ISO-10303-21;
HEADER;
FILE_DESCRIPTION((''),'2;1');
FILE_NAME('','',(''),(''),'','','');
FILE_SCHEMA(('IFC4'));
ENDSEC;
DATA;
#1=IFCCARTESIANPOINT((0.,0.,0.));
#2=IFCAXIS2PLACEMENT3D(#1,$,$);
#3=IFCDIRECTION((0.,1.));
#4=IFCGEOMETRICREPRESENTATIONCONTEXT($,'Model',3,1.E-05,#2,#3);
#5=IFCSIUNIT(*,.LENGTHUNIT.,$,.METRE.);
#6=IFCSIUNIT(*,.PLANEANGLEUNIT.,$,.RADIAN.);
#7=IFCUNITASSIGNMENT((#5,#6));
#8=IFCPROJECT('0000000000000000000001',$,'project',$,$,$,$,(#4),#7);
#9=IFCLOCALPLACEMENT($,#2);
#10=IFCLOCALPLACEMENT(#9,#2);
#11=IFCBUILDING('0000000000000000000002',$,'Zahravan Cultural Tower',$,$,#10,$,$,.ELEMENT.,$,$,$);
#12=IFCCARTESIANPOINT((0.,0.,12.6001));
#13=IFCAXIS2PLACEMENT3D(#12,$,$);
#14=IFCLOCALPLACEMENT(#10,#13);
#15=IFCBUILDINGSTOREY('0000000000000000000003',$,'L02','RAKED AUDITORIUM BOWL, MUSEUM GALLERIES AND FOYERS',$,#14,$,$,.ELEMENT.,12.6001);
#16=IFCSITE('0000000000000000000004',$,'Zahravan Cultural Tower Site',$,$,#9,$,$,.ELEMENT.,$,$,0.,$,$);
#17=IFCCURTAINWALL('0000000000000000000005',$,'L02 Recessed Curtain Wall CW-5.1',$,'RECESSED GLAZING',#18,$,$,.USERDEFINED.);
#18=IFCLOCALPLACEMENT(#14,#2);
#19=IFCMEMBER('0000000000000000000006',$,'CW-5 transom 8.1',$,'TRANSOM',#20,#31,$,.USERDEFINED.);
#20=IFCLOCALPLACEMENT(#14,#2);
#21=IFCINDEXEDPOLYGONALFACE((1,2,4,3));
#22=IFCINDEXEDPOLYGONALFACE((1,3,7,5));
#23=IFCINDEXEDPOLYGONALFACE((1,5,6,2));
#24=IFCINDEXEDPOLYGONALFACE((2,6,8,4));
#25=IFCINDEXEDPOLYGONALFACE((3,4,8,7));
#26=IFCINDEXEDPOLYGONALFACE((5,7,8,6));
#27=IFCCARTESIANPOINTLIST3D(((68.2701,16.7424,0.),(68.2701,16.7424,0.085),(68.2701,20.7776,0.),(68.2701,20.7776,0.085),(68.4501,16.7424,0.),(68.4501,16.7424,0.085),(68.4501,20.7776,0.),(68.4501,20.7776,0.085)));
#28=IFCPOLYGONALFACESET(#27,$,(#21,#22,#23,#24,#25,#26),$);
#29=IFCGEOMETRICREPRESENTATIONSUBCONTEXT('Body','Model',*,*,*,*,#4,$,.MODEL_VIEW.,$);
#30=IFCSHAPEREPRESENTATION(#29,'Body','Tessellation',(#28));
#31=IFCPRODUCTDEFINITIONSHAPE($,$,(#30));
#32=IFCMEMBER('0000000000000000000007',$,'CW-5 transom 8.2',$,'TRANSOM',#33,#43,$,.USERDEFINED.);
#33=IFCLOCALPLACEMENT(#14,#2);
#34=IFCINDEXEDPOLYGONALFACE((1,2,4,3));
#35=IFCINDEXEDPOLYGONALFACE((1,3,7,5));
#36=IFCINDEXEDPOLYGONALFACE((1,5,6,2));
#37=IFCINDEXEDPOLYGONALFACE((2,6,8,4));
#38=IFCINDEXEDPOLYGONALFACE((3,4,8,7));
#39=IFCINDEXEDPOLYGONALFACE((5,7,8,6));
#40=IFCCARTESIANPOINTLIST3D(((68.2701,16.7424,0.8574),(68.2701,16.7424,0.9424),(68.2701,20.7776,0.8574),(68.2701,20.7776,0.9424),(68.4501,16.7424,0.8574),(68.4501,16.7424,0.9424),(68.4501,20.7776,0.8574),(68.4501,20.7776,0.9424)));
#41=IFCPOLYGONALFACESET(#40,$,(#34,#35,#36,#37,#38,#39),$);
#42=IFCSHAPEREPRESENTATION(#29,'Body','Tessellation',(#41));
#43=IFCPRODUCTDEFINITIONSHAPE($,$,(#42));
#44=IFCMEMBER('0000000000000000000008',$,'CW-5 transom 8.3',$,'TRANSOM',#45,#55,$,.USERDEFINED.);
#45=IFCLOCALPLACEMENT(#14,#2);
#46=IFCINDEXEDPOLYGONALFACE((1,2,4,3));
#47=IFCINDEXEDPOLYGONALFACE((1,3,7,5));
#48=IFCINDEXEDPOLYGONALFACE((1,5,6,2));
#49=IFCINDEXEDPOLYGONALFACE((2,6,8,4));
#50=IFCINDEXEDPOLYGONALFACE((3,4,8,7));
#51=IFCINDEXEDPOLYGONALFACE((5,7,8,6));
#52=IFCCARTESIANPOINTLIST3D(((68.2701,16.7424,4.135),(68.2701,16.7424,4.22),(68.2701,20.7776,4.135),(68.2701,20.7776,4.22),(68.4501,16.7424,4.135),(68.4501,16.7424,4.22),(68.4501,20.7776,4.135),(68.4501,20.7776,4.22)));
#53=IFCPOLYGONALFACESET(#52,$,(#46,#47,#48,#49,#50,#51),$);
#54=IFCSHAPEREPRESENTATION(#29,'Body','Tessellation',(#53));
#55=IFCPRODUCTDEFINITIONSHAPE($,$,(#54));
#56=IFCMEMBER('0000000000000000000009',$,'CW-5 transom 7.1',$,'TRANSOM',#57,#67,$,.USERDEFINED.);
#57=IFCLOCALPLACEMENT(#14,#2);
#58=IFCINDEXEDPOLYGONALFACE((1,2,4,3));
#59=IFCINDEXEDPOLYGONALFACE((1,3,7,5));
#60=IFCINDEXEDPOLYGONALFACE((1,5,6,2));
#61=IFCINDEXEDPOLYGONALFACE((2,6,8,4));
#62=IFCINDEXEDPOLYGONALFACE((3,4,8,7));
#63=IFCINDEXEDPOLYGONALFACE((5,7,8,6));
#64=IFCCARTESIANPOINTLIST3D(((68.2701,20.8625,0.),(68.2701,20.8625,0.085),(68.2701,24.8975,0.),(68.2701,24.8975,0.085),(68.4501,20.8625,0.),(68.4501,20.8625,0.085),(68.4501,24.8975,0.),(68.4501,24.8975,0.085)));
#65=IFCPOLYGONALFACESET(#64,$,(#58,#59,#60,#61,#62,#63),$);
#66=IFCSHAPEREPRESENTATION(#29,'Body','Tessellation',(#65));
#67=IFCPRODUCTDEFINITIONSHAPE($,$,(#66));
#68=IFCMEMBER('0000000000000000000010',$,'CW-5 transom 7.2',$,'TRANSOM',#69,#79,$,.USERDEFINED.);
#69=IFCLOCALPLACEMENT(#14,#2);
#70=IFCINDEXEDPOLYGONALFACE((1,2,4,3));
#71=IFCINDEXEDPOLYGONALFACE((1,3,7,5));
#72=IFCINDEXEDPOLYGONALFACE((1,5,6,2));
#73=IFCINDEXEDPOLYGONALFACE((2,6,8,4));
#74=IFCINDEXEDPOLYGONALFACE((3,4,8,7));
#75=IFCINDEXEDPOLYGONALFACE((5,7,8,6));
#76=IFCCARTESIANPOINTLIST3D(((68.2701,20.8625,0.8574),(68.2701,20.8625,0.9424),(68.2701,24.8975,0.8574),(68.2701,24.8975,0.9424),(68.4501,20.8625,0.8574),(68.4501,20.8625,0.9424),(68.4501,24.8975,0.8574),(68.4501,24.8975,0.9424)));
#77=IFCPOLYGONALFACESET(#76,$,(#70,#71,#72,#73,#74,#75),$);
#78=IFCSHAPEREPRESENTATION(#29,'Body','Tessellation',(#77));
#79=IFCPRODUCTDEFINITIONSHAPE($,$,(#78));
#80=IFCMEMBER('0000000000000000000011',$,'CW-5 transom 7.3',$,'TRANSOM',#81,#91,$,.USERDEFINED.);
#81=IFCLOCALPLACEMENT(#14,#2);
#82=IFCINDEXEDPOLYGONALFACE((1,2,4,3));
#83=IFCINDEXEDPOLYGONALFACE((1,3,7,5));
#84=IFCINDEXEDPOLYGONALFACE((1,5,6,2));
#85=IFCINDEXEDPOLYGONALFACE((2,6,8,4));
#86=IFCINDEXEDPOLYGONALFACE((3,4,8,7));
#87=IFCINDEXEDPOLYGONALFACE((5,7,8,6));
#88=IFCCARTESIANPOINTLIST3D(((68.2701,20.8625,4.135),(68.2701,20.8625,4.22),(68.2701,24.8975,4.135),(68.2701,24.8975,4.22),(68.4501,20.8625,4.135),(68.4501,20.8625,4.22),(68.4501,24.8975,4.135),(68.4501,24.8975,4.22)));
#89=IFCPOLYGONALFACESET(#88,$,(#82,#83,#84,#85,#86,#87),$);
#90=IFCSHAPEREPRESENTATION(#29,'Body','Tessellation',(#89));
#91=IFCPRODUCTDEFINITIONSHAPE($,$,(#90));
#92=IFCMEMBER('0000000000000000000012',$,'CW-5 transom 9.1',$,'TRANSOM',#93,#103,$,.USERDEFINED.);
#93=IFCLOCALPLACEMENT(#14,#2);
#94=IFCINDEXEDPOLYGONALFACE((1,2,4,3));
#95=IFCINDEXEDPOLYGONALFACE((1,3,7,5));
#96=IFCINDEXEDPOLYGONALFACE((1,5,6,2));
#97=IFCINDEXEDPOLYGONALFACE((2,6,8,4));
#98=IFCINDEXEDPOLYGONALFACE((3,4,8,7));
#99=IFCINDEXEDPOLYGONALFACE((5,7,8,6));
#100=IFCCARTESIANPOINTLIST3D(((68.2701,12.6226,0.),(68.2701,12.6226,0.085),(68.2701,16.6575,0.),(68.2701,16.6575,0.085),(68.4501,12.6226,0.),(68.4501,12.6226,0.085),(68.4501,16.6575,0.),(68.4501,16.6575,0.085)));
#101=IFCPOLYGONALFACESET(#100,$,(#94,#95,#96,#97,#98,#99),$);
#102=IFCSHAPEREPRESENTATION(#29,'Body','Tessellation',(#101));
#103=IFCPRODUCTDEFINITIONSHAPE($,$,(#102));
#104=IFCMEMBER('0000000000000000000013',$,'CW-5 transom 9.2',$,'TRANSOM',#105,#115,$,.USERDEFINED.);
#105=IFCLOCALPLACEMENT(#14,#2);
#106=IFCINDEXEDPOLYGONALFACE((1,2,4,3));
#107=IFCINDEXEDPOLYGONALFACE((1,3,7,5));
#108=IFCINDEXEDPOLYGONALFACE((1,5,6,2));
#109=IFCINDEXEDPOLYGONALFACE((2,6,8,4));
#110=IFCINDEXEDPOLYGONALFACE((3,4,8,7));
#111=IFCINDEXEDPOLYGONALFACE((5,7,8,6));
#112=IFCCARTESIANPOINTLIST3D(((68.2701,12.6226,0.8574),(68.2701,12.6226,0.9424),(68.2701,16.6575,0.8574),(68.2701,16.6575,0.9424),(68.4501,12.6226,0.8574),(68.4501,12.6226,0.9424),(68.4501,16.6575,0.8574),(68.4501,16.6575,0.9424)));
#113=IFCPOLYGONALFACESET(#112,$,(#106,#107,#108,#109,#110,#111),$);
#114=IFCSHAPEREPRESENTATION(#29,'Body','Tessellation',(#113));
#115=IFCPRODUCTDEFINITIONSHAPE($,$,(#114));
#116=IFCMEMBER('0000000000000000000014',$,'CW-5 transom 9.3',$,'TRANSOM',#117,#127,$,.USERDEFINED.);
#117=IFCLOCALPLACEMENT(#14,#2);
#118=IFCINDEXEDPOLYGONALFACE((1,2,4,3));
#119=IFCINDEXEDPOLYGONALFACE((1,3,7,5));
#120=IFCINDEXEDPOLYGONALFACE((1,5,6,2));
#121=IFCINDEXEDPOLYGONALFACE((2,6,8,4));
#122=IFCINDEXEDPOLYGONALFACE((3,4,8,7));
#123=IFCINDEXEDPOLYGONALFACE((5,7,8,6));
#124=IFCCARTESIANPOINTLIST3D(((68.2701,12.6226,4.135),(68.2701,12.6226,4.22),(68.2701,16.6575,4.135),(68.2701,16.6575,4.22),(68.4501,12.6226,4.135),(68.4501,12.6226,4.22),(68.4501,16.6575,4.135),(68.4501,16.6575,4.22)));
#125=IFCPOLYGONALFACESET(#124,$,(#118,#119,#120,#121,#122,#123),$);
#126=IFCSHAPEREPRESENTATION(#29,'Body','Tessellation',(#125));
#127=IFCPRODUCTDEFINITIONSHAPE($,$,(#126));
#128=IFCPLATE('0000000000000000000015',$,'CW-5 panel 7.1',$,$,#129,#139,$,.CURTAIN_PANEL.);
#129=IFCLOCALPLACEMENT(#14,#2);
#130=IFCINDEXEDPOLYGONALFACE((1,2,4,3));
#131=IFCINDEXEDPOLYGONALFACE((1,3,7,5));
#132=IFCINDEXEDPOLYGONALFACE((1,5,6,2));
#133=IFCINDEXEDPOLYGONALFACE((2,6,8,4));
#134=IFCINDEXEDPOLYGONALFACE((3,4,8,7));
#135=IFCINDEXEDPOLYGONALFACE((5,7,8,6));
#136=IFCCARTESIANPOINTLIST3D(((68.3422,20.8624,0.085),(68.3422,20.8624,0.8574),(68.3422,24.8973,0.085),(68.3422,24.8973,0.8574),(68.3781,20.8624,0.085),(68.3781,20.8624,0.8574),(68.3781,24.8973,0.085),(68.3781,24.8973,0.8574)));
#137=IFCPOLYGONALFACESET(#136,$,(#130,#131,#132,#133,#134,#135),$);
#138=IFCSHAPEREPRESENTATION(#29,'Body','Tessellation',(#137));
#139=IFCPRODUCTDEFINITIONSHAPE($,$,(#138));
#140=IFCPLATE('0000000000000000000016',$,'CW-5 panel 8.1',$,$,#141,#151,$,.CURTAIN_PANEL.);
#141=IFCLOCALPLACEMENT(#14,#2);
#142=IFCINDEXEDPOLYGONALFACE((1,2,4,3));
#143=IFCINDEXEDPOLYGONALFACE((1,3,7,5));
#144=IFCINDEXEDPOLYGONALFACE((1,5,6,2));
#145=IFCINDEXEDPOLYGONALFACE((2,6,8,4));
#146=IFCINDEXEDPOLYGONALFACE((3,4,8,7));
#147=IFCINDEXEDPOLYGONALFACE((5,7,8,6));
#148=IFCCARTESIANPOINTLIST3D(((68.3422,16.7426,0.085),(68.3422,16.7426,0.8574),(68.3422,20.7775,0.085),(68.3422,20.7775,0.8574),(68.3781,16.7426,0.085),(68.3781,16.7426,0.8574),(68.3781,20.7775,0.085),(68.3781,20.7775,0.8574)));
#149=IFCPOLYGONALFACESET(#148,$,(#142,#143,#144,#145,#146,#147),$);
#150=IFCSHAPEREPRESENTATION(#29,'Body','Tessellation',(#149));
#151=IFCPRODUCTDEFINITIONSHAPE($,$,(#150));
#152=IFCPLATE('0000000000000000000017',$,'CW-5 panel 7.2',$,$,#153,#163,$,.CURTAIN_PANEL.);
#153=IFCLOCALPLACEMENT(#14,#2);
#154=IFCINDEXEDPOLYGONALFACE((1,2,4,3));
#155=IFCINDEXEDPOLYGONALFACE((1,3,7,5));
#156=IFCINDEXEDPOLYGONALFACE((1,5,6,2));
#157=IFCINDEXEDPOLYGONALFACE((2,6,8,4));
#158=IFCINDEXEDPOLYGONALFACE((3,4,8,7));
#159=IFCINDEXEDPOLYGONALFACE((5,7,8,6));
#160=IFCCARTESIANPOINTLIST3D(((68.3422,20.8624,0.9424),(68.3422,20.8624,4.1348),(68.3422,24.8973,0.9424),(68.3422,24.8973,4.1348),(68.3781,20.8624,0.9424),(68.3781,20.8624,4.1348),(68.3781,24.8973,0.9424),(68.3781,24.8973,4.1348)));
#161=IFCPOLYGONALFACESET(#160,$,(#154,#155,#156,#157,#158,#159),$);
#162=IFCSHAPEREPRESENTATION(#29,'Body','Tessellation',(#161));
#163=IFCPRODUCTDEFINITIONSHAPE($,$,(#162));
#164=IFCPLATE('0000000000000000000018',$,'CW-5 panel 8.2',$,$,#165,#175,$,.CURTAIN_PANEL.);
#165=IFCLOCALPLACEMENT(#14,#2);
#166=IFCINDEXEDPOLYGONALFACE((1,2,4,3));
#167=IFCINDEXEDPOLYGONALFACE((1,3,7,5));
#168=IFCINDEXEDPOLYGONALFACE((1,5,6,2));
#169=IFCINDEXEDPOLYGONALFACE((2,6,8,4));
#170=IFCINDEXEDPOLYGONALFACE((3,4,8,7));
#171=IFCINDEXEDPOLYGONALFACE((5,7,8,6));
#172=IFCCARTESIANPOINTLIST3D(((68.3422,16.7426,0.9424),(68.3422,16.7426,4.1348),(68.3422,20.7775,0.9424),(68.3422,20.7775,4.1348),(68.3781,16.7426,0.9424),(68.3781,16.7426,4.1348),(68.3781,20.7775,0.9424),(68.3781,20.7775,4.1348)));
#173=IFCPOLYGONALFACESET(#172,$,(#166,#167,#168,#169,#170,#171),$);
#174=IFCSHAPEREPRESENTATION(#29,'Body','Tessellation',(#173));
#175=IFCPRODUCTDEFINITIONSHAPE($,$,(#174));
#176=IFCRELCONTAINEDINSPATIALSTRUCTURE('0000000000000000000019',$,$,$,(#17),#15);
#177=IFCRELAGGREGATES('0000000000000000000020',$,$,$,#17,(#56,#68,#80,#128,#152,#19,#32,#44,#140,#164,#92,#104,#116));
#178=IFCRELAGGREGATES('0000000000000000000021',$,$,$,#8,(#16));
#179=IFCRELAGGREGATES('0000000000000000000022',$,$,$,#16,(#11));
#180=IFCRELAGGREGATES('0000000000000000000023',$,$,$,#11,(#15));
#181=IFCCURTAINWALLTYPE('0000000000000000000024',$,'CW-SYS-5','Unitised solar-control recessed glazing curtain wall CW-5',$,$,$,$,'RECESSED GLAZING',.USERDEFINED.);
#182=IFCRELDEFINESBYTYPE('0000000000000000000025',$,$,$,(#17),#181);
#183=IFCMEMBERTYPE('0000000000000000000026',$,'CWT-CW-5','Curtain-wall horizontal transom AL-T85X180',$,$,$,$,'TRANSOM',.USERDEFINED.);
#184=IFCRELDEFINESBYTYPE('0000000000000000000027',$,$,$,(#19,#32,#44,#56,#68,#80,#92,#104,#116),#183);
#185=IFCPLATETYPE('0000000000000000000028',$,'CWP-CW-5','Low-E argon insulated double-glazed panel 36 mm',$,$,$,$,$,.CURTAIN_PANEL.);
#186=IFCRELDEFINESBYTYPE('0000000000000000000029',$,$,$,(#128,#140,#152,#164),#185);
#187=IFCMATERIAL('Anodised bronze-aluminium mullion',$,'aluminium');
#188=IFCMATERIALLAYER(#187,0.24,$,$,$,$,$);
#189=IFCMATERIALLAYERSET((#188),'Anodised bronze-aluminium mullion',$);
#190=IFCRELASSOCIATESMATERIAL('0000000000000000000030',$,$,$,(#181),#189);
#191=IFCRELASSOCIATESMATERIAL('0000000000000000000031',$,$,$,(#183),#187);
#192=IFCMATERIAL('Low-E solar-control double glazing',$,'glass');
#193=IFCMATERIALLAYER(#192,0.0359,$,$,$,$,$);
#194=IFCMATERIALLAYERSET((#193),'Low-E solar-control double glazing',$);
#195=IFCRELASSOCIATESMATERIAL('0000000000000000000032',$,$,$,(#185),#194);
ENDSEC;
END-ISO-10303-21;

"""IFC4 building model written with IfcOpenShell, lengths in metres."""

from ifc_helpers import new_model, si_unit, direction, frame, origin, origin_2d, place, context, subcontext, project, spatial, rectangle, extrude, source, transform, mapped, material, layer, layer_set, material_profile, profile_set, type_object, element, aggregate, save


model = new_model("IFC4")

# Units and contexts
model_context = context("Model", 3, precision=1e-05, world=origin(), true_north=direction((0.0, 1.0)))
body_context = subcontext(model_context, "Body", "Model", "MODEL_VIEW")
ifc_project = project(units=[si_unit("LENGTHUNIT", "METRE"), si_unit("PLANEANGLEUNIT", "RADIAN")], contexts=[model_context])

# Site, building, storey
site_placement = place(None, origin())
site = spatial("IfcSite", under=ifc_project, at=site_placement, Name="Zahravan Cultural Tower Site", CompositionType="ELEMENT", RefElevation=0.0)
building_placement = place(site_placement, origin())
building = spatial("IfcBuilding", under=site, at=building_placement, Name="Zahravan Cultural Tower", CompositionType="ELEMENT")
storey_placement = place(building_placement, frame((0.0, 0.0, 12.6001)))
storey = spatial("IfcBuildingStorey", under=building, at=storey_placement, Name="L02", Description="RAKED AUDITORIUM BOWL, MUSEUM GALLERIES AND FOYERS", CompositionType="ELEMENT", Elevation=12.6001)

# Curtain wall, members, plates
ifc_material_1 = material(Name="Anodised bronze-aluminium mullion", Category="aluminium")
ifc_layer_1 = layer(ifc_material_1, 0.24)
ifc_layer_set_1 = layer_set([ifc_layer_1], Name="Anodised bronze-aluminium mullion")
curtain_wall_type = type_object("IfcCurtainWallType", Name="CW-SYS-5", Description="Unitised solar-control recessed glazing curtain wall CW-5", ElementType="RECESSED GLAZING", PredefinedType="USERDEFINED", material=ifc_layer_set_1)
curtain_wall_placement = place(storey_placement, origin())
curtain_wall = element("IfcCurtainWall", 1, at=curtain_wall_placement, inside=storey, type_object=curtain_wall_type, Name="L02 Recessed Curtain Wall CW-5.1", ObjectType="RECESSED GLAZING", PredefinedType="USERDEFINED")
ifc_material_profile_1 = material_profile(ifc_material_1, rectangle(XDim=0.1799, YDim=0.085, at=origin_2d()), Name="AL-T85X180")
ifc_profile_set_1 = profile_set([ifc_material_profile_1], Name="Anodised bronze-aluminium mullion")
member_type_1 = type_object("IfcMemberType", Name="CWT-CW-5", Description="Curtain-wall horizontal transom AL-T85X180", ElementType="TRANSOM", PredefinedType="USERDEFINED", material=ifc_profile_set_1)
shared_shape_1 = source(origin(), body_context, "Body", "SweptSolid", [
    extrude(rectangle(XDim=0.1799, YDim=0.085, at=origin_2d()), origin(), (0.0, 0.0, 1.0), 4.0352),
])
member_1_placement = place(storey_placement, frame((68.3601, 20.7776, 0.0425), z_axis=(0.0, -1.0, 0.0), x_axis=(1.0, 0.0, 0.0)))
member_1 = element("IfcMember", 2, at=member_1_placement, type_object=member_type_1, Name="CW-5 transom 8.1", ObjectType="TRANSOM", PredefinedType="USERDEFINED", context=body_context, shape_type="MappedRepresentation", body=[
    mapped(shared_shape_1, transform((0.0, 0.0, 0.0), x_axis=(1.0, 0.0, 0.0), y_axis=(0.0, 1.0, 0.0), z_axis=(0.0, 0.0, 1.0), scale=1.0)),
])
member_2_placement = place(storey_placement, frame((68.3601, 20.7776, 0.8999), z_axis=(0.0, -1.0, 0.0), x_axis=(1.0, 0.0, 0.0)))
member_2 = element("IfcMember", 3, at=member_2_placement, type_object=member_type_1, Name="CW-5 transom 8.2", ObjectType="TRANSOM", PredefinedType="USERDEFINED", context=body_context, shape_type="MappedRepresentation", body=[
    mapped(shared_shape_1, transform((0.0, 0.0, 0.0), x_axis=(1.0, 0.0, 0.0), y_axis=(0.0, 1.0, 0.0), z_axis=(0.0, 0.0, 1.0), scale=1.0)),
])
member_3_placement = place(storey_placement, frame((68.3601, 20.7776, 4.1775), z_axis=(0.0, -1.0, 0.0), x_axis=(1.0, 0.0, 0.0)))
member_3 = element("IfcMember", 4, at=member_3_placement, type_object=member_type_1, Name="CW-5 transom 8.3", ObjectType="TRANSOM", PredefinedType="USERDEFINED", context=body_context, shape_type="MappedRepresentation", body=[
    mapped(shared_shape_1, transform((0.0, 0.0, 0.0), x_axis=(1.0, 0.0, 0.0), y_axis=(0.0, 1.0, 0.0), z_axis=(0.0, 0.0, 1.0), scale=1.0)),
])
shared_shape_2 = source(origin(), body_context, "Body", "SweptSolid", [
    extrude(rectangle(XDim=0.1799, YDim=0.085, at=origin_2d()), origin(), (0.0, 0.0, 1.0), 4.0349),
])
member_4_placement = place(storey_placement, frame((68.3601, 24.8975, 0.0425), z_axis=(0.0, -1.0, 0.0), x_axis=(1.0, 0.0, 0.0)))
member_4 = element("IfcMember", 5, at=member_4_placement, type_object=member_type_1, Name="CW-5 transom 7.1", ObjectType="TRANSOM", PredefinedType="USERDEFINED", context=body_context, shape_type="MappedRepresentation", body=[
    mapped(shared_shape_2, transform((0.0, 0.0, 0.0), x_axis=(1.0, 0.0, 0.0), y_axis=(0.0, 1.0, 0.0), z_axis=(0.0, 0.0, 1.0), scale=1.0)),
])
member_5_placement = place(storey_placement, frame((68.3601, 24.8975, 0.8999), z_axis=(0.0, -1.0, 0.0), x_axis=(1.0, 0.0, 0.0)))
member_5 = element("IfcMember", 6, at=member_5_placement, type_object=member_type_1, Name="CW-5 transom 7.2", ObjectType="TRANSOM", PredefinedType="USERDEFINED", context=body_context, shape_type="MappedRepresentation", body=[
    mapped(shared_shape_2, transform((0.0, 0.0, 0.0), x_axis=(1.0, 0.0, 0.0), y_axis=(0.0, 1.0, 0.0), z_axis=(0.0, 0.0, 1.0), scale=1.0)),
])
member_6_placement = place(storey_placement, frame((68.3601, 24.8975, 4.1775), z_axis=(0.0, -1.0, 0.0), x_axis=(1.0, 0.0, 0.0)))
member_6 = element("IfcMember", 7, at=member_6_placement, type_object=member_type_1, Name="CW-5 transom 7.3", ObjectType="TRANSOM", PredefinedType="USERDEFINED", context=body_context, shape_type="MappedRepresentation", body=[
    mapped(shared_shape_2, transform((0.0, 0.0, 0.0), x_axis=(1.0, 0.0, 0.0), y_axis=(0.0, 1.0, 0.0), z_axis=(0.0, 0.0, 1.0), scale=1.0)),
])
member_7_placement = place(storey_placement, frame((68.3601, 16.6575, 0.0425), z_axis=(0.0, -1.0, 0.0), x_axis=(1.0, 0.0, 0.0)))
member_7 = element("IfcMember", 8, at=member_7_placement, type_object=member_type_1, Name="CW-5 transom 9.1", ObjectType="TRANSOM", PredefinedType="USERDEFINED", context=body_context, shape_type="MappedRepresentation", body=[
    mapped(shared_shape_2, transform((0.0, 0.0, 0.0), x_axis=(1.0, 0.0, 0.0), y_axis=(0.0, 1.0, 0.0), z_axis=(0.0, 0.0, 1.0), scale=1.0)),
])
member_8_placement = place(storey_placement, frame((68.3601, 16.6575, 0.8999), z_axis=(0.0, -1.0, 0.0), x_axis=(1.0, 0.0, 0.0)))
member_8 = element("IfcMember", 9, at=member_8_placement, type_object=member_type_1, Name="CW-5 transom 9.2", ObjectType="TRANSOM", PredefinedType="USERDEFINED", context=body_context, shape_type="MappedRepresentation", body=[
    mapped(shared_shape_2, transform((0.0, 0.0, 0.0), x_axis=(1.0, 0.0, 0.0), y_axis=(0.0, 1.0, 0.0), z_axis=(0.0, 0.0, 1.0), scale=1.0)),
])
member_9_placement = place(storey_placement, frame((68.3601, 16.6575, 4.1775), z_axis=(0.0, -1.0, 0.0), x_axis=(1.0, 0.0, 0.0)))
member_9 = element("IfcMember", 10, at=member_9_placement, type_object=member_type_1, Name="CW-5 transom 9.3", ObjectType="TRANSOM", PredefinedType="USERDEFINED", context=body_context, shape_type="MappedRepresentation", body=[
    mapped(shared_shape_2, transform((0.0, 0.0, 0.0), x_axis=(1.0, 0.0, 0.0), y_axis=(0.0, 1.0, 0.0), z_axis=(0.0, 0.0, 1.0), scale=1.0)),
])
ifc_material_2 = material(Name="Low-E solar-control double glazing", Category="glass")
ifc_layer_2 = layer(ifc_material_2, 0.0359)
ifc_layer_set_2 = layer_set([ifc_layer_2], Name="Low-E solar-control double glazing")
plate_type = type_object("IfcPlateType", Name="CWP-CW-5", Description="Low-E argon insulated double-glazed panel 36 mm", PredefinedType="CURTAIN_PANEL", material=ifc_layer_set_2)
shared_shape_3 = source(origin(), body_context, "Body", "SweptSolid", [
    extrude(rectangle(XDim=4.0349, YDim=0.0359, at=origin_2d()), origin(), (0.0, 0.0, 1.0), 0.7725),
])
plate_1_placement = place(storey_placement, frame((68.3601, 22.8799, 0.085), z_axis=(0.0, 0.0, 1.0), x_axis=(0.0, -1.0, 0.0)))
plate_1 = element("IfcPlate", 11, at=plate_1_placement, type_object=plate_type, Name="CW-5 panel 7.1", PredefinedType="CURTAIN_PANEL", context=body_context, shape_type="MappedRepresentation", body=[
    mapped(shared_shape_3, transform((0.0, 0.0, 0.0), x_axis=(1.0, 0.0, 0.0), y_axis=(0.0, 1.0, 0.0), z_axis=(0.0, 0.0, 1.0), scale=1.0)),
])
plate_2_placement = place(storey_placement, frame((68.3601, 18.76, 0.085), z_axis=(0.0, 0.0, 1.0), x_axis=(0.0, -1.0, 0.0)))
plate_2 = element("IfcPlate", 12, at=plate_2_placement, type_object=plate_type, Name="CW-5 panel 8.1", PredefinedType="CURTAIN_PANEL", context=body_context, shape_type="MappedRepresentation", body=[
    mapped(shared_shape_3, transform((0.0, 0.0, 0.0), x_axis=(1.0, 0.0, 0.0), y_axis=(0.0, 1.0, 0.0), z_axis=(0.0, 0.0, 1.0), scale=1.0)),
])
shared_shape_4 = source(origin(), body_context, "Body", "SweptSolid", [
    extrude(rectangle(XDim=4.0349, YDim=0.0359, at=origin_2d()), origin(), (0.0, 0.0, 1.0), 3.1924),
])
plate_3_placement = place(storey_placement, frame((68.3601, 22.8799, 0.9424), z_axis=(0.0, 0.0, 1.0), x_axis=(0.0, -1.0, 0.0)))
plate_3 = element("IfcPlate", 13, at=plate_3_placement, type_object=plate_type, Name="CW-5 panel 7.2", PredefinedType="CURTAIN_PANEL", context=body_context, shape_type="MappedRepresentation", body=[
    mapped(shared_shape_4, transform((0.0, 0.0, 0.0), x_axis=(1.0, 0.0, 0.0), y_axis=(0.0, 1.0, 0.0), z_axis=(0.0, 0.0, 1.0), scale=1.0)),
])
plate_4_placement = place(storey_placement, frame((68.3601, 18.76, 0.9424), z_axis=(0.0, 0.0, 1.0), x_axis=(0.0, -1.0, 0.0)))
plate_4 = element("IfcPlate", 14, at=plate_4_placement, type_object=plate_type, Name="CW-5 panel 8.2", PredefinedType="CURTAIN_PANEL", context=body_context, shape_type="MappedRepresentation", body=[
    mapped(shared_shape_4, transform((0.0, 0.0, 0.0), x_axis=(1.0, 0.0, 0.0), y_axis=(0.0, 1.0, 0.0), z_axis=(0.0, 0.0, 1.0), scale=1.0)),
])
aggregate(curtain_wall, [member_4, member_5, member_6, plate_1, plate_3, member_1, member_2, member_3, plate_2, plate_4, member_7, member_8, member_9])

save(model, "model.ifc")
